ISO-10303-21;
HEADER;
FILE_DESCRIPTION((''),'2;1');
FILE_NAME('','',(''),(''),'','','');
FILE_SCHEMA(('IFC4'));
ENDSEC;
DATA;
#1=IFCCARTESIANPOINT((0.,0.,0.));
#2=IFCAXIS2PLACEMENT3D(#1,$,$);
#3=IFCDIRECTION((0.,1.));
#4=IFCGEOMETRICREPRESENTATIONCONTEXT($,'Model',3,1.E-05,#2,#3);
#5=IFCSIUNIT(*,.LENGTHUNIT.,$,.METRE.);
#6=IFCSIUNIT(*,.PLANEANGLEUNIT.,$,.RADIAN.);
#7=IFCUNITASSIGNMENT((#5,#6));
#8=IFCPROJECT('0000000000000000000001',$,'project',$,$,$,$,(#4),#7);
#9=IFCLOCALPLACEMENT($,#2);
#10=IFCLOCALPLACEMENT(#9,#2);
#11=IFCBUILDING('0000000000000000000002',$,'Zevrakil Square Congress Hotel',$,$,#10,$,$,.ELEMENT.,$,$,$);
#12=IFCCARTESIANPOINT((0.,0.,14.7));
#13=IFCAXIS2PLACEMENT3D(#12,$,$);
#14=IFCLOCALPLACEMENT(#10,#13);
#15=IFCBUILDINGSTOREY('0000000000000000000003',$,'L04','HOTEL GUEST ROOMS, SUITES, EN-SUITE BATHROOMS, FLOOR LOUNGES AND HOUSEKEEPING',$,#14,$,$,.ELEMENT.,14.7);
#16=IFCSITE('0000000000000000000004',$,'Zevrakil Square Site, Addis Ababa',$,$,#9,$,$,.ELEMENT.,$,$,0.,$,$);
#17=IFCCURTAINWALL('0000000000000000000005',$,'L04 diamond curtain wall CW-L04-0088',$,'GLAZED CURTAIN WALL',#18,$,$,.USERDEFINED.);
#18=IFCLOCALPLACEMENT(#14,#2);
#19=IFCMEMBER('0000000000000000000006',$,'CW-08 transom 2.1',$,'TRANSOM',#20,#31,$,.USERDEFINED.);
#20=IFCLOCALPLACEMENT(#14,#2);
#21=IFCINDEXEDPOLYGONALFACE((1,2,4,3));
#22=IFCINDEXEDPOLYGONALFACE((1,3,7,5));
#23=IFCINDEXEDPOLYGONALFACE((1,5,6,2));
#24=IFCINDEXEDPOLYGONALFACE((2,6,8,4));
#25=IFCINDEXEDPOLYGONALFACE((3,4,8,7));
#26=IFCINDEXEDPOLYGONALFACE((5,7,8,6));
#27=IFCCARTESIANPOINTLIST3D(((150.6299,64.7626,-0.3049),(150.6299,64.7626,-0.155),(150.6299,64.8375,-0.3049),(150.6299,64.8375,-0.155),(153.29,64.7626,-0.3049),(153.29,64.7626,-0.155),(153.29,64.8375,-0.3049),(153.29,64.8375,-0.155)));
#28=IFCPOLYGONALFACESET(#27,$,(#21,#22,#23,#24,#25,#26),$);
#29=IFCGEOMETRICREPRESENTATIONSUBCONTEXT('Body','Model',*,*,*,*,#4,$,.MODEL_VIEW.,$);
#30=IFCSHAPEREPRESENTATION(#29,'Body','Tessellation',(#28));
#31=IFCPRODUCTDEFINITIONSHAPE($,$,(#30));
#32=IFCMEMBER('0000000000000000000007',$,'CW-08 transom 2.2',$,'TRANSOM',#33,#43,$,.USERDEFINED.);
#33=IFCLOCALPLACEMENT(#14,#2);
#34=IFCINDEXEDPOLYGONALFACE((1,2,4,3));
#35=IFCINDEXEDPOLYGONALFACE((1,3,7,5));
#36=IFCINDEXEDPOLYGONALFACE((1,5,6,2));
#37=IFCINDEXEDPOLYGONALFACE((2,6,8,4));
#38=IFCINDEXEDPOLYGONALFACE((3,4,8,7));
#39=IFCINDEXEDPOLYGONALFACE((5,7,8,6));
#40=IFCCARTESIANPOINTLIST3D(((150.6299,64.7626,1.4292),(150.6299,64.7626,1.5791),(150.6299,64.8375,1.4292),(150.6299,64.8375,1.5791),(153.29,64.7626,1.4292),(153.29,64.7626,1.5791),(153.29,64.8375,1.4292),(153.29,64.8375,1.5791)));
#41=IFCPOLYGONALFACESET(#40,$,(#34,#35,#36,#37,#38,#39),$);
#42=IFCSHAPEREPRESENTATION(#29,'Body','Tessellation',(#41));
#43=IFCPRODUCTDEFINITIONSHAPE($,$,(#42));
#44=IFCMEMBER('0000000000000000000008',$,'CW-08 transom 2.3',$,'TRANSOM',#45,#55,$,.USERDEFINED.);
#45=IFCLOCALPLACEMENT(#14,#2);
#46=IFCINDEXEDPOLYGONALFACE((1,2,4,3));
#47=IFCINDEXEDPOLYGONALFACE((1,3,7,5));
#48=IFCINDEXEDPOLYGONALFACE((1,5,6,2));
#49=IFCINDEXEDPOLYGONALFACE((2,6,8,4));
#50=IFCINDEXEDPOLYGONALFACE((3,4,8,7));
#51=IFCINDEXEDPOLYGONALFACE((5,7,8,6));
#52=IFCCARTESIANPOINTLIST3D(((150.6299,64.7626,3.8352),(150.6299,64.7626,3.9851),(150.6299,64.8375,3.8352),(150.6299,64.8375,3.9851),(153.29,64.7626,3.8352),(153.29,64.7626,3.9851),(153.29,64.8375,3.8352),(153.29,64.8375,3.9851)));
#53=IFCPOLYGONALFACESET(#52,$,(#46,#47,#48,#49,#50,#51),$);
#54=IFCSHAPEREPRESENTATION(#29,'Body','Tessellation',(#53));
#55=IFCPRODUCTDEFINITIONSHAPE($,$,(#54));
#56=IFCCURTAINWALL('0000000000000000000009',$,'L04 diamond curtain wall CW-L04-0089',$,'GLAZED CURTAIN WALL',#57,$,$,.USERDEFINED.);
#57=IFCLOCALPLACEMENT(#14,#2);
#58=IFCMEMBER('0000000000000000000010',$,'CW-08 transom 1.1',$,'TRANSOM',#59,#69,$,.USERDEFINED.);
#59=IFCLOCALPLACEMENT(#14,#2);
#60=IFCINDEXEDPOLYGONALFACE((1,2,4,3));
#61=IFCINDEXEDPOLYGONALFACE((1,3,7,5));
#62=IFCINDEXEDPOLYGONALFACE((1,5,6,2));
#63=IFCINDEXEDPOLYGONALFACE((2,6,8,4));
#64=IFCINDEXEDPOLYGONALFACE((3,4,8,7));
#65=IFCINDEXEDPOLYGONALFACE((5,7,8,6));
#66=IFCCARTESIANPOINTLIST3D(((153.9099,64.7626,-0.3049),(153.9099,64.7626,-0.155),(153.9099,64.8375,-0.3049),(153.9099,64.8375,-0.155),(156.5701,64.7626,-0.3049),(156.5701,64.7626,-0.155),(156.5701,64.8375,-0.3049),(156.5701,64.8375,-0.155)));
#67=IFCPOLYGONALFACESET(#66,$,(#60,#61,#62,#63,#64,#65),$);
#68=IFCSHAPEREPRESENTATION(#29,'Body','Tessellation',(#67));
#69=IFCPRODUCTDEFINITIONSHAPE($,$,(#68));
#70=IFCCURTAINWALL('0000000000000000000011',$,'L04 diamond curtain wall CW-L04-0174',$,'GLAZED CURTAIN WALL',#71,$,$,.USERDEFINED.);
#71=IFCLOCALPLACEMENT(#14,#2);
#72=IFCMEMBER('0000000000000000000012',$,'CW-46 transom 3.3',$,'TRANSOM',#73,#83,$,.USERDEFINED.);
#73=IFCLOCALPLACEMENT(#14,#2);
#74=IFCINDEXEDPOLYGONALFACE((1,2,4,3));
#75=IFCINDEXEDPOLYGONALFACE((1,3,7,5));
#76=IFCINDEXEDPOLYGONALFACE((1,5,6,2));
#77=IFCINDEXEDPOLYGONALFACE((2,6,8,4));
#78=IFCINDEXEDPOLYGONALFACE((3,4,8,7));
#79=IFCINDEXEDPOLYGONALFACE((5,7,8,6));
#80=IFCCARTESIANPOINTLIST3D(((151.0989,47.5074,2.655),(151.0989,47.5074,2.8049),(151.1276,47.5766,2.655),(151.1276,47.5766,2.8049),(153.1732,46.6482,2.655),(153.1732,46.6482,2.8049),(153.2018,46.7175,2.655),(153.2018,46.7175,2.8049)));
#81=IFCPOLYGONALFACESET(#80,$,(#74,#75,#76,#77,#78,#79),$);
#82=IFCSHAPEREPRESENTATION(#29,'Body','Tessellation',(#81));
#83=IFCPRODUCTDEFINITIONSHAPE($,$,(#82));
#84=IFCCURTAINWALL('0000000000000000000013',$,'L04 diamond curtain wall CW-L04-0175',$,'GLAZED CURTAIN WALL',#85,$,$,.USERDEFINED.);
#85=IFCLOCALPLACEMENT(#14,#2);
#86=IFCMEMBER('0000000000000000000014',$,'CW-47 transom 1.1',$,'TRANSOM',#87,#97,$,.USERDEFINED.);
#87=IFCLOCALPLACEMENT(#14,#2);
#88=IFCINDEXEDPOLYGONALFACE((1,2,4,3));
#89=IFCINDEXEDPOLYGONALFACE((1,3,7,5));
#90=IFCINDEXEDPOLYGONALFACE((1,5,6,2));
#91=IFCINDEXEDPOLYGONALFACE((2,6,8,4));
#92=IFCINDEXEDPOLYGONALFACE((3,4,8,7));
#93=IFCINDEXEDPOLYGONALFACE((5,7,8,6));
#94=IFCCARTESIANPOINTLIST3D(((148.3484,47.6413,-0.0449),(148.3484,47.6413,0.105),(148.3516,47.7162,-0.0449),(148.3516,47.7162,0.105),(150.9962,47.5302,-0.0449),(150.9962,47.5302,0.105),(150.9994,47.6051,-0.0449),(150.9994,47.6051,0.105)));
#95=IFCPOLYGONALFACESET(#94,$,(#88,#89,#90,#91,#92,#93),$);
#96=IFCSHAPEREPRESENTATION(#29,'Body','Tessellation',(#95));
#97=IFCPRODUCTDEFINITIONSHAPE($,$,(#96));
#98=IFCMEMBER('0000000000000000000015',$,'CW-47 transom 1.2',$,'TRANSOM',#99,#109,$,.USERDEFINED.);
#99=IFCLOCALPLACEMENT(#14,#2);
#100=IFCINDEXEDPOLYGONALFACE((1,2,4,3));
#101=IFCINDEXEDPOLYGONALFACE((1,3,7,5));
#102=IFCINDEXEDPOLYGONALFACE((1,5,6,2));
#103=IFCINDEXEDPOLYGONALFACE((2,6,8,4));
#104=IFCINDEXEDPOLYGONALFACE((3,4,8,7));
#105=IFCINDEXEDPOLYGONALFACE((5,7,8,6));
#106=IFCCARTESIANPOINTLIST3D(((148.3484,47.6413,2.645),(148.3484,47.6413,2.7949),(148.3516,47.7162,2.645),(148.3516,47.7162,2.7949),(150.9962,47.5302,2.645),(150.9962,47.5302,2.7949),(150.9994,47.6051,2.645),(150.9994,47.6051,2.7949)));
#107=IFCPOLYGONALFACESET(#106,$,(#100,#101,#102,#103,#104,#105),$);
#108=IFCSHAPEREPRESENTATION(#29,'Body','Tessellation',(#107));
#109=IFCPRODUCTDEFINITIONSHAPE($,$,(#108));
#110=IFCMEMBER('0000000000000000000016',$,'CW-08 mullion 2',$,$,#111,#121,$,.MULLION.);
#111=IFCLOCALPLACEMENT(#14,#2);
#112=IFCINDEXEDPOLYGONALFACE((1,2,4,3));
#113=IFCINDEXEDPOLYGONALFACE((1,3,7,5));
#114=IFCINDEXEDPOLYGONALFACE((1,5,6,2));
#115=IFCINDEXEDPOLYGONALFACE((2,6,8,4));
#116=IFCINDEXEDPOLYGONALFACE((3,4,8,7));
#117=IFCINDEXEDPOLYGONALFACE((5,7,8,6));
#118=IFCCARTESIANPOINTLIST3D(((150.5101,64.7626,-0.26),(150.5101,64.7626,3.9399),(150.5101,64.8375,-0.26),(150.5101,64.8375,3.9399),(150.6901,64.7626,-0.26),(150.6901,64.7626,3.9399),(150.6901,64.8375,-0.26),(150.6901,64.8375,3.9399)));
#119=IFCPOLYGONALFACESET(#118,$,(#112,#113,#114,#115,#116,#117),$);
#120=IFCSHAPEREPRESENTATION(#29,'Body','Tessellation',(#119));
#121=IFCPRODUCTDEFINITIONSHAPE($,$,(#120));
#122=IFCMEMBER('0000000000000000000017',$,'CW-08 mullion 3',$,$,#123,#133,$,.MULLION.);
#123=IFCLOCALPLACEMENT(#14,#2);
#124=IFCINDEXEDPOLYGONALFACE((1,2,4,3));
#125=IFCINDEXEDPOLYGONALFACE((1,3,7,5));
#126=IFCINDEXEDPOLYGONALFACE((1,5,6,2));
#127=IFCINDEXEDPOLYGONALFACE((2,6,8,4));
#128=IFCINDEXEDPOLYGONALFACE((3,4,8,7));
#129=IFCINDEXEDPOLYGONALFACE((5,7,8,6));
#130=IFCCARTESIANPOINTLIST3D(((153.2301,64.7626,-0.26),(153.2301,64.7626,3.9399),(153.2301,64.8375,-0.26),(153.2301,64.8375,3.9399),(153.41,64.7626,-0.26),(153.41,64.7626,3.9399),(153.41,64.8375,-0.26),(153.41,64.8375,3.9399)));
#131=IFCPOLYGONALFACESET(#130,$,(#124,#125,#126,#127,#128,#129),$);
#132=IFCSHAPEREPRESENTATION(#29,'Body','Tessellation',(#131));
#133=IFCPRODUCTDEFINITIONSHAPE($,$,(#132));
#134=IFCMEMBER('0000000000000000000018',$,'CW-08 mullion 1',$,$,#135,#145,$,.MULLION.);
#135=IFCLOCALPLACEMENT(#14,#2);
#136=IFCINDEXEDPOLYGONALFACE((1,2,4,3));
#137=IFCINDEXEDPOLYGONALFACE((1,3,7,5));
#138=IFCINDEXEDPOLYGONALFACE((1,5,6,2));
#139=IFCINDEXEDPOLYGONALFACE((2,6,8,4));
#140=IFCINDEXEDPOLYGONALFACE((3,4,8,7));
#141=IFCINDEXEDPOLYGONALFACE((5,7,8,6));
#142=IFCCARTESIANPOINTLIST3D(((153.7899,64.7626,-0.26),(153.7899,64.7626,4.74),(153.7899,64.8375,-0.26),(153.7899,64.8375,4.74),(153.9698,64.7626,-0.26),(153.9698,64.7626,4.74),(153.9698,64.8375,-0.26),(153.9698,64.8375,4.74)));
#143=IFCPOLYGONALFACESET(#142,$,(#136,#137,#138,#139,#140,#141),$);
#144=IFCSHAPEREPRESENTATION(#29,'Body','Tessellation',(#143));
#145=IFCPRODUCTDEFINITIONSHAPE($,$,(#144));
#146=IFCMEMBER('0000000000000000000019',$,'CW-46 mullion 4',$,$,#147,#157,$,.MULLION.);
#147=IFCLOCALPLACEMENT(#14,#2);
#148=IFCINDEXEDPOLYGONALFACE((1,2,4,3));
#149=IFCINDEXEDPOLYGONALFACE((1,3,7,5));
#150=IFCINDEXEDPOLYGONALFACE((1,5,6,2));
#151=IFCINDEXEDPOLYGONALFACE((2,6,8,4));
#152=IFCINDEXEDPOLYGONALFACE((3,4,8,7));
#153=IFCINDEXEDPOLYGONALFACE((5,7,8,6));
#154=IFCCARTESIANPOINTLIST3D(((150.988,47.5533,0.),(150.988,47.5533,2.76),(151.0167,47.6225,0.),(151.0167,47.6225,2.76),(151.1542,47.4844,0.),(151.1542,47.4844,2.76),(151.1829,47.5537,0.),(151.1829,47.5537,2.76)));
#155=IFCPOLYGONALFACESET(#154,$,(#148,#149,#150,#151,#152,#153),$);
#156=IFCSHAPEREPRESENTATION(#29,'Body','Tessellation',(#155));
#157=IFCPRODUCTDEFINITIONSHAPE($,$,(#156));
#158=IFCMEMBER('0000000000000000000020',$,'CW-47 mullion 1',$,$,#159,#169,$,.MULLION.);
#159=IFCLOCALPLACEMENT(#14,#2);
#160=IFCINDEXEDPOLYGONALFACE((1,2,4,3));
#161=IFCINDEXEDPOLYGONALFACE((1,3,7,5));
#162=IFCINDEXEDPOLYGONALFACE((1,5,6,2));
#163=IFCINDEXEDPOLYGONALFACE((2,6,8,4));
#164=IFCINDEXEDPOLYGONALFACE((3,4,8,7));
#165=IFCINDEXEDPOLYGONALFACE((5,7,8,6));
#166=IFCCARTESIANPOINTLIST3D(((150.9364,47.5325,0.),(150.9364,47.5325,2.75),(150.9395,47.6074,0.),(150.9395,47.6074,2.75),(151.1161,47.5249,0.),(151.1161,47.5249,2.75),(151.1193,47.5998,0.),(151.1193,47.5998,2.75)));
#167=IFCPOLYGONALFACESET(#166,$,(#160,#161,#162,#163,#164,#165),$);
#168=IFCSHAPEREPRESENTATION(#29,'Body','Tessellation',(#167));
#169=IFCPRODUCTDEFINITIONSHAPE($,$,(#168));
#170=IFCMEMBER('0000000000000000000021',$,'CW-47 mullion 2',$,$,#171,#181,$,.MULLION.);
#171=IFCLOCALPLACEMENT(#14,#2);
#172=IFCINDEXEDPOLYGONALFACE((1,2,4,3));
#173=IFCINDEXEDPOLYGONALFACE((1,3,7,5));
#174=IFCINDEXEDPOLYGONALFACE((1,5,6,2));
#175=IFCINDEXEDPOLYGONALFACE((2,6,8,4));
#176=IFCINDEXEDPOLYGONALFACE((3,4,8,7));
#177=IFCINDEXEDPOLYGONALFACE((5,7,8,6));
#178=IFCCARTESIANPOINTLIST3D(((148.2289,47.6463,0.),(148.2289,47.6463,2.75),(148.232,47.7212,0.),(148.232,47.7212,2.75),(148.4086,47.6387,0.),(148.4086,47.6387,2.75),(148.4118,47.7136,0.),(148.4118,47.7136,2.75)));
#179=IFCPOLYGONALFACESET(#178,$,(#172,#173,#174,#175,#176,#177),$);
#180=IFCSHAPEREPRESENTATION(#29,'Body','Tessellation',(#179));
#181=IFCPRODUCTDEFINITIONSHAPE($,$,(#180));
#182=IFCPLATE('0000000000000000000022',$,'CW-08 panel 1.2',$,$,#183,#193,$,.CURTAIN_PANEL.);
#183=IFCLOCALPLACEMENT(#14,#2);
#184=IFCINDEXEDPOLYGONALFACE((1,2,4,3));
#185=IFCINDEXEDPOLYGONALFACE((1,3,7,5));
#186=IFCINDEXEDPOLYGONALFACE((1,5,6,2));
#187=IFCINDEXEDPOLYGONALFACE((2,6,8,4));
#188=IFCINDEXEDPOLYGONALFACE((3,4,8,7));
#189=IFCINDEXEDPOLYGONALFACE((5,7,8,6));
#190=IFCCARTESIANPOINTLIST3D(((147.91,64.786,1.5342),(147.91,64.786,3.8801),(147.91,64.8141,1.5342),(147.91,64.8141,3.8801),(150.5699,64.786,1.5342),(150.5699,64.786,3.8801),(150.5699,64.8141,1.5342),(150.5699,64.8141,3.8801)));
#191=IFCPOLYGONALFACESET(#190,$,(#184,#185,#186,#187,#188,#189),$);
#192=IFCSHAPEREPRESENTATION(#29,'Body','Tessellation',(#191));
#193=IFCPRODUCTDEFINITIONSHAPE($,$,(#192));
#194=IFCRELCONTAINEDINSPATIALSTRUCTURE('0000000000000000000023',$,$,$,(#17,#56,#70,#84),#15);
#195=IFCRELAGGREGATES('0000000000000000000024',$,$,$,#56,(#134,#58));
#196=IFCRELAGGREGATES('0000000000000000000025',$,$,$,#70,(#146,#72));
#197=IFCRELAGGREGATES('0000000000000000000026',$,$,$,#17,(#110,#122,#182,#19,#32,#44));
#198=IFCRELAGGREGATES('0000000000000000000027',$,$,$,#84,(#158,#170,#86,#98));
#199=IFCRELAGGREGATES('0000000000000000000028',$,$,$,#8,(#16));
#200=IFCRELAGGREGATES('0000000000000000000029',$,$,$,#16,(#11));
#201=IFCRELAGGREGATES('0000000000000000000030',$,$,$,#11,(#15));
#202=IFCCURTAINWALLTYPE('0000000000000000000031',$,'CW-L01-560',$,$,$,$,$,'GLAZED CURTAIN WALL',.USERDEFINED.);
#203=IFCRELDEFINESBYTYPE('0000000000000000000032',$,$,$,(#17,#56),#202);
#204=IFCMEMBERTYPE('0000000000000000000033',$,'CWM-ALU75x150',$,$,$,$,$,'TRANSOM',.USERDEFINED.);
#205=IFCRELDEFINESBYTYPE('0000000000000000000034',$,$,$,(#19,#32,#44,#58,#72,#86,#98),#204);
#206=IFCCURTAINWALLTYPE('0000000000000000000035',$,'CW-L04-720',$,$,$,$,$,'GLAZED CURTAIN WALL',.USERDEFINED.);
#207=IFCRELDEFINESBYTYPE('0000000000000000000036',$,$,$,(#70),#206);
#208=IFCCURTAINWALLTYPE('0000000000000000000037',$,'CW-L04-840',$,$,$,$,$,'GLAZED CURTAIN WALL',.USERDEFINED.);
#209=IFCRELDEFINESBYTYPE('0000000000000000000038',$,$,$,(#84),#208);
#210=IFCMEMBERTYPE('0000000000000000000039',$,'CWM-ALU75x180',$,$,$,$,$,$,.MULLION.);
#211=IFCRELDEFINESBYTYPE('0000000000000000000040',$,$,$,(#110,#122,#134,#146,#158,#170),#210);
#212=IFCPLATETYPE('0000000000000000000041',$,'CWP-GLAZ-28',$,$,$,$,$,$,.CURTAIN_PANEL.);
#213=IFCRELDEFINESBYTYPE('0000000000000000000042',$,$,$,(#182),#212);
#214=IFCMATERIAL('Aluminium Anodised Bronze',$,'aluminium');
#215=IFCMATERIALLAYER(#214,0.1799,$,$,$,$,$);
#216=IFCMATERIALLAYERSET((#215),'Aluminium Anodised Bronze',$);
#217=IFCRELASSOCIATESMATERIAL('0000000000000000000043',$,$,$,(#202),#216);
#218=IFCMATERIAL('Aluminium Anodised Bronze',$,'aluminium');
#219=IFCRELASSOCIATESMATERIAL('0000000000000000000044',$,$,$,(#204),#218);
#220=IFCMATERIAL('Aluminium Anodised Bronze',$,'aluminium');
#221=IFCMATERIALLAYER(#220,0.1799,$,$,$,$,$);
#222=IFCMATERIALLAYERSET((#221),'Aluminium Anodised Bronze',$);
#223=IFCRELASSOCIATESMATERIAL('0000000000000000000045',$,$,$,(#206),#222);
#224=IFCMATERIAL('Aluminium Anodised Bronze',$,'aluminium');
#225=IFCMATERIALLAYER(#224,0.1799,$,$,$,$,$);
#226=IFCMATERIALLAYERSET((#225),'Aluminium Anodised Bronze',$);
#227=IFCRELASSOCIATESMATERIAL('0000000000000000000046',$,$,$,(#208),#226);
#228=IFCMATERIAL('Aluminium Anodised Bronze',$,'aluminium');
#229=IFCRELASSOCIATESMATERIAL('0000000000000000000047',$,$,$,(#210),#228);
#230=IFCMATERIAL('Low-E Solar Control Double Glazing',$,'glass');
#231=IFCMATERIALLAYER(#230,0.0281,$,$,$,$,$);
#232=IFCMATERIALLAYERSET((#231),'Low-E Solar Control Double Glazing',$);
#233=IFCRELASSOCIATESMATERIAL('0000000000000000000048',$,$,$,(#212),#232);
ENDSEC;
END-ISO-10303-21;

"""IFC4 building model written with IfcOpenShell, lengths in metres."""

from ifc_helpers import new_model, si_unit, direction, frame, origin, origin_2d, place, context, subcontext, project, spatial, rectangle, extrude, material, layer, layer_set, material_profile, profile_set, type_object, element, aggregate, save


model = new_model("IFC4")

# Units and contexts
model_context = context("Model", 3, precision=1e-05, world=origin(), true_north=direction((0.0, 1.0)))
body_context = subcontext(model_context, "Body", "Model", "MODEL_VIEW")
ifc_project = project(units=[si_unit("LENGTHUNIT", "METRE"), si_unit("PLANEANGLEUNIT", "RADIAN")], contexts=[model_context])

# Site, building, storey
site_placement = place(None, origin())
site = spatial("IfcSite", under=ifc_project, at=site_placement, Name="Zevrakil Square Site, Addis Ababa", CompositionType="ELEMENT", RefElevation=0.0)
building_placement = place(site_placement, origin())
building = spatial("IfcBuilding", under=site, at=building_placement, Name="Zevrakil Square Congress Hotel", CompositionType="ELEMENT")
storey_placement = place(building_placement, frame((0.0, 0.0, 14.7)))
storey = spatial("IfcBuildingStorey", under=building, at=storey_placement, Name="L04", Description="HOTEL GUEST ROOMS, SUITES, EN-SUITE BATHROOMS, FLOOR LOUNGES AND HOUSEKEEPING", CompositionType="ELEMENT", Elevation=14.7)

# Curtain wall, members
ifc_material_1 = material(Name="Aluminium Anodised Bronze", Category="aluminium")
ifc_layer_1 = layer(ifc_material_1, 0.1799)
ifc_layer_set_1 = layer_set([ifc_layer_1], Name="Aluminium Anodised Bronze")
curtain_wall_type_1 = type_object("IfcCurtainWallType", Name="CW-L01-560", ElementType="GLAZED CURTAIN WALL", PredefinedType="USERDEFINED", material=ifc_layer_set_1)
curtain_wall_1_placement = place(storey_placement, origin())
curtain_wall_1 = element("IfcCurtainWall", 1, at=curtain_wall_1_placement, inside=storey, type_object=curtain_wall_type_1, Name="L04 diamond curtain wall CW-L04-0088", ObjectType="GLAZED CURTAIN WALL", PredefinedType="USERDEFINED")
ifc_material_2 = material(Name="Aluminium Anodised Bronze", Category="aluminium")
ifc_material_profile_1 = material_profile(ifc_material_2, rectangle(XDim=0.075, YDim=0.1499, at=origin_2d()), Name="ALU 75x150")
ifc_profile_set_1 = profile_set([ifc_material_profile_1], Name="Aluminium Anodised Bronze")
member_type_1 = type_object("IfcMemberType", Name="CWM-ALU75x150", ElementType="TRANSOM", PredefinedType="USERDEFINED", material=ifc_profile_set_1)
member_1_placement = place(storey_placement, frame((150.6299, 64.8, -0.23), z_axis=(1.0, 0.0, 0.0), x_axis=(0.0, 1.0, 0.0)))
member_1 = element("IfcMember", 2, at=member_1_placement, type_object=member_type_1, Name="CW-08 transom 2.1", ObjectType="TRANSOM", PredefinedType="USERDEFINED", context=body_context, shape_type="SweptSolid", body=[
    extrude(rectangle(XDim=0.075, YDim=0.1499, at=origin_2d()), origin(), (0.0, 0.0, 1.0), 2.6602),
])
member_2_placement = place(storey_placement, frame((150.6299, 64.8, 1.5042), z_axis=(1.0, 0.0, 0.0), x_axis=(0.0, 1.0, 0.0)))
member_2 = element("IfcMember", 3, at=member_2_placement, type_object=member_type_1, Name="CW-08 transom 2.2", ObjectType="TRANSOM", PredefinedType="USERDEFINED", context=body_context, shape_type="SweptSolid", body=[
    extrude(rectangle(XDim=0.075, YDim=0.1499, at=origin_2d()), origin(), (0.0, 0.0, 1.0), 2.6602),
])
member_3_placement = place(storey_placement, frame((150.6299, 64.8, 3.9102), z_axis=(1.0, 0.0, 0.0), x_axis=(0.0, 1.0, 0.0)))
member_3 = element("IfcMember", 4, at=member_3_placement, type_object=member_type_1, Name="CW-08 transom 2.3", ObjectType="TRANSOM", PredefinedType="USERDEFINED", context=body_context, shape_type="SweptSolid", body=[
    extrude(rectangle(XDim=0.075, YDim=0.1499, at=origin_2d()), origin(), (0.0, 0.0, 1.0), 2.6602),
])

# Curtain walls, members
curtain_wall_2_placement = place(storey_placement, origin())
curtain_wall_2 = element("IfcCurtainWall", 5, at=curtain_wall_2_placement, inside=storey, type_object=curtain_wall_type_1, Name="L04 diamond curtain wall CW-L04-0089", ObjectType="GLAZED CURTAIN WALL", PredefinedType="USERDEFINED")
member_4_placement = place(storey_placement, frame((153.9099, 64.8, -0.23), z_axis=(1.0, 0.0, 0.0), x_axis=(0.0, 1.0, 0.0)))
member_4 = element("IfcMember", 6, at=member_4_placement, type_object=member_type_1, Name="CW-08 transom 1.1", ObjectType="TRANSOM", PredefinedType="USERDEFINED", context=body_context, shape_type="SweptSolid", body=[
    extrude(rectangle(XDim=0.075, YDim=0.1499, at=origin_2d()), origin(), (0.0, 0.0, 1.0), 2.6602),
])
ifc_material_3 = material(Name="Aluminium Anodised Bronze", Category="aluminium")
ifc_layer_2 = layer(ifc_material_3, 0.1799)
ifc_layer_set_2 = layer_set([ifc_layer_2], Name="Aluminium Anodised Bronze")
curtain_wall_type_2 = type_object("IfcCurtainWallType", Name="CW-L04-720", ElementType="GLAZED CURTAIN WALL", PredefinedType="USERDEFINED", material=ifc_layer_set_2)
curtain_wall_3_placement = place(storey_placement, origin())
curtain_wall_3 = element("IfcCurtainWall", 7, at=curtain_wall_3_placement, inside=storey, type_object=curtain_wall_type_2, Name="L04 diamond curtain wall CW-L04-0174", ObjectType="GLAZED CURTAIN WALL", PredefinedType="USERDEFINED")
member_5_placement = place(storey_placement, frame((153.1875, 46.6829, 2.73), z_axis=(-0.923886, 0.382669, 0.0), x_axis=(-0.382669, -0.923886, 0.0)))
member_5 = element("IfcMember", 8, at=member_5_placement, type_object=member_type_1, Name="CW-46 transom 3.3", ObjectType="TRANSOM", PredefinedType="USERDEFINED", context=body_context, shape_type="SweptSolid", body=[
    extrude(rectangle(XDim=0.075, YDim=0.1499, at=origin_2d()), origin(), (0.0, 0.0, 1.0), 2.2451),
])

# Curtain wall, members
ifc_material_4 = material(Name="Aluminium Anodised Bronze", Category="aluminium")
ifc_layer_3 = layer(ifc_material_4, 0.1799)
ifc_layer_set_3 = layer_set([ifc_layer_3], Name="Aluminium Anodised Bronze")
curtain_wall_type_3 = type_object("IfcCurtainWallType", Name="CW-L04-840", ElementType="GLAZED CURTAIN WALL", PredefinedType="USERDEFINED", material=ifc_layer_set_3)
curtain_wall_4_placement = place(storey_placement, origin())
curtain_wall_4 = element("IfcCurtainWall", 9, at=curtain_wall_4_placement, inside=storey, type_object=curtain_wall_type_3, Name="L04 diamond curtain wall CW-L04-0175", ObjectType="GLAZED CURTAIN WALL", PredefinedType="USERDEFINED")
member_6_placement = place(storey_placement, frame((150.9978, 47.5676, 0.03), z_axis=(-0.999121, 0.041918, 0.0), x_axis=(-0.041918, -0.999121, 0.0)))
member_6 = element("IfcMember", 10, at=member_6_placement, type_object=member_type_1, Name="CW-47 transom 1.1", ObjectType="TRANSOM", PredefinedType="USERDEFINED", context=body_context, shape_type="SweptSolid", body=[
    extrude(rectangle(XDim=0.075, YDim=0.1499, at=origin_2d()), origin(), (0.0, 0.0, 1.0), 2.6501),
])
member_7_placement = place(storey_placement, frame((150.9978, 47.5676, 2.72), z_axis=(-0.999121, 0.041918, 0.0), x_axis=(-0.041918, -0.999121, 0.0)))
member_7 = element("IfcMember", 11, at=member_7_placement, type_object=member_type_1, Name="CW-47 transom 1.2", ObjectType="TRANSOM", PredefinedType="USERDEFINED", context=body_context, shape_type="SweptSolid", body=[
    extrude(rectangle(XDim=0.075, YDim=0.1499, at=origin_2d()), origin(), (0.0, 0.0, 1.0), 2.6501),
])

# Members
ifc_material_5 = material(Name="Aluminium Anodised Bronze", Category="aluminium")
ifc_material_profile_2 = material_profile(ifc_material_5, rectangle(XDim=0.075, YDim=0.1799, at=origin_2d()), Name="ALU 75x180")
ifc_profile_set_2 = profile_set([ifc_material_profile_2], Name="Aluminium Anodised Bronze")
member_type_2 = type_object("IfcMemberType", Name="CWM-ALU75x180", PredefinedType="MULLION", material=ifc_profile_set_2)
member_8_placement = place(storey_placement, frame((150.6001, 64.8, -0.26), z_axis=(0.0, 0.0, 1.0), x_axis=(0.0, 1.0, 0.0)))
member_8 = element("IfcMember", 12, at=member_8_placement, type_object=member_type_2, Name="CW-08 mullion 2", PredefinedType="MULLION", context=body_context, shape_type="SweptSolid", body=[
    extrude(rectangle(XDim=0.075, YDim=0.1799, at=origin_2d()), origin(), (0.0, 0.0, 1.0), 4.2),
])
member_9_placement = place(storey_placement, frame((153.3201, 64.8, -0.26), z_axis=(0.0, 0.0, 1.0), x_axis=(0.0, 1.0, 0.0)))
member_9 = element("IfcMember", 13, at=member_9_placement, type_object=member_type_2, Name="CW-08 mullion 3", PredefinedType="MULLION", context=body_context, shape_type="SweptSolid", body=[
    extrude(rectangle(XDim=0.075, YDim=0.1799, at=origin_2d()), origin(), (0.0, 0.0, 1.0), 4.2),
])
member_10_placement = place(storey_placement, frame((153.8799, 64.8, -0.26), z_axis=(0.0, 0.0, 1.0), x_axis=(0.0, 1.0, 0.0)))
member_10 = element("IfcMember", 14, at=member_10_placement, type_object=member_type_2, Name="CW-08 mullion 1", PredefinedType="MULLION", context=body_context, shape_type="SweptSolid", body=[
    extrude(rectangle(XDim=0.075, YDim=0.1799, at=origin_2d()), origin(), (0.0, 0.0, 1.0), 5.0),
])
aggregate(curtain_wall_2, [member_10, member_4])
member_11_placement = place(storey_placement, frame((151.0854, 47.5535, 0.0), z_axis=(0.0, 0.0, 1.0), x_axis=(-0.382684, -0.923879, 0.0)))
member_11 = element("IfcMember", 15, at=member_11_placement, type_object=member_type_2, Name="CW-46 mullion 4", PredefinedType="MULLION", context=body_context, shape_type="SweptSolid", body=[
    extrude(rectangle(XDim=0.075, YDim=0.1799, at=origin_2d()), origin(), (0.0, 0.0, 1.0), 2.76),
])
member_12_placement = place(storey_placement, frame((151.0278, 47.5662, 0.0), z_axis=(0.0, 0.0, 1.0), x_axis=(-0.041971, -0.999119, 0.0)))
member_12 = element("IfcMember", 16, at=member_12_placement, type_object=member_type_2, Name="CW-47 mullion 1", PredefinedType="MULLION", context=body_context, shape_type="SweptSolid", body=[
    extrude(rectangle(XDim=0.075, YDim=0.1799, at=origin_2d()), origin(), (0.0, 0.0, 1.0), 2.75),
])
member_13_placement = place(storey_placement, frame((148.3203, 47.6799, 0.0), z_axis=(0.0, 0.0, 1.0), x_axis=(-0.041971, -0.999119, 0.0)))
member_13 = element("IfcMember", 17, at=member_13_placement, type_object=member_type_2, Name="CW-47 mullion 2", PredefinedType="MULLION", context=body_context, shape_type="SweptSolid", body=[
    extrude(rectangle(XDim=0.075, YDim=0.1799, at=origin_2d()), origin(), (0.0, 0.0, 1.0), 2.75),
])

# Plate
ifc_material_6 = material(Name="Low-E Solar Control Double Glazing", Category="glass")
ifc_layer_4 = layer(ifc_material_6, 0.0281)
ifc_layer_set_4 = layer_set([ifc_layer_4], Name="Low-E Solar Control Double Glazing")
plate_type_1 = type_object("IfcPlateType", Name="CWP-GLAZ-28", PredefinedType="CURTAIN_PANEL", material=ifc_layer_set_4)
plate_1_placement = place(storey_placement, frame((149.24, 64.8, 1.5342), z_axis=(0.0, 0.0, 1.0), x_axis=(1.0, 0.0, 0.0)))
plate_1 = element("IfcPlate", 18, at=plate_1_placement, type_object=plate_type_1, Name="CW-08 panel 1.2", PredefinedType="CURTAIN_PANEL", context=body_context, shape_type="SweptSolid", body=[
    extrude(rectangle(XDim=2.6599, YDim=0.0281, at=origin_2d()), origin(), (0.0, 0.0, 1.0), 2.3459),
])
aggregate(curtain_wall_3, [member_11, member_5])
aggregate(curtain_wall_1, [member_8, member_9, plate_1, member_1, member_2, member_3])
aggregate(curtain_wall_4, [member_12, member_13, member_6, member_7])

save(model, "model.ifc")
